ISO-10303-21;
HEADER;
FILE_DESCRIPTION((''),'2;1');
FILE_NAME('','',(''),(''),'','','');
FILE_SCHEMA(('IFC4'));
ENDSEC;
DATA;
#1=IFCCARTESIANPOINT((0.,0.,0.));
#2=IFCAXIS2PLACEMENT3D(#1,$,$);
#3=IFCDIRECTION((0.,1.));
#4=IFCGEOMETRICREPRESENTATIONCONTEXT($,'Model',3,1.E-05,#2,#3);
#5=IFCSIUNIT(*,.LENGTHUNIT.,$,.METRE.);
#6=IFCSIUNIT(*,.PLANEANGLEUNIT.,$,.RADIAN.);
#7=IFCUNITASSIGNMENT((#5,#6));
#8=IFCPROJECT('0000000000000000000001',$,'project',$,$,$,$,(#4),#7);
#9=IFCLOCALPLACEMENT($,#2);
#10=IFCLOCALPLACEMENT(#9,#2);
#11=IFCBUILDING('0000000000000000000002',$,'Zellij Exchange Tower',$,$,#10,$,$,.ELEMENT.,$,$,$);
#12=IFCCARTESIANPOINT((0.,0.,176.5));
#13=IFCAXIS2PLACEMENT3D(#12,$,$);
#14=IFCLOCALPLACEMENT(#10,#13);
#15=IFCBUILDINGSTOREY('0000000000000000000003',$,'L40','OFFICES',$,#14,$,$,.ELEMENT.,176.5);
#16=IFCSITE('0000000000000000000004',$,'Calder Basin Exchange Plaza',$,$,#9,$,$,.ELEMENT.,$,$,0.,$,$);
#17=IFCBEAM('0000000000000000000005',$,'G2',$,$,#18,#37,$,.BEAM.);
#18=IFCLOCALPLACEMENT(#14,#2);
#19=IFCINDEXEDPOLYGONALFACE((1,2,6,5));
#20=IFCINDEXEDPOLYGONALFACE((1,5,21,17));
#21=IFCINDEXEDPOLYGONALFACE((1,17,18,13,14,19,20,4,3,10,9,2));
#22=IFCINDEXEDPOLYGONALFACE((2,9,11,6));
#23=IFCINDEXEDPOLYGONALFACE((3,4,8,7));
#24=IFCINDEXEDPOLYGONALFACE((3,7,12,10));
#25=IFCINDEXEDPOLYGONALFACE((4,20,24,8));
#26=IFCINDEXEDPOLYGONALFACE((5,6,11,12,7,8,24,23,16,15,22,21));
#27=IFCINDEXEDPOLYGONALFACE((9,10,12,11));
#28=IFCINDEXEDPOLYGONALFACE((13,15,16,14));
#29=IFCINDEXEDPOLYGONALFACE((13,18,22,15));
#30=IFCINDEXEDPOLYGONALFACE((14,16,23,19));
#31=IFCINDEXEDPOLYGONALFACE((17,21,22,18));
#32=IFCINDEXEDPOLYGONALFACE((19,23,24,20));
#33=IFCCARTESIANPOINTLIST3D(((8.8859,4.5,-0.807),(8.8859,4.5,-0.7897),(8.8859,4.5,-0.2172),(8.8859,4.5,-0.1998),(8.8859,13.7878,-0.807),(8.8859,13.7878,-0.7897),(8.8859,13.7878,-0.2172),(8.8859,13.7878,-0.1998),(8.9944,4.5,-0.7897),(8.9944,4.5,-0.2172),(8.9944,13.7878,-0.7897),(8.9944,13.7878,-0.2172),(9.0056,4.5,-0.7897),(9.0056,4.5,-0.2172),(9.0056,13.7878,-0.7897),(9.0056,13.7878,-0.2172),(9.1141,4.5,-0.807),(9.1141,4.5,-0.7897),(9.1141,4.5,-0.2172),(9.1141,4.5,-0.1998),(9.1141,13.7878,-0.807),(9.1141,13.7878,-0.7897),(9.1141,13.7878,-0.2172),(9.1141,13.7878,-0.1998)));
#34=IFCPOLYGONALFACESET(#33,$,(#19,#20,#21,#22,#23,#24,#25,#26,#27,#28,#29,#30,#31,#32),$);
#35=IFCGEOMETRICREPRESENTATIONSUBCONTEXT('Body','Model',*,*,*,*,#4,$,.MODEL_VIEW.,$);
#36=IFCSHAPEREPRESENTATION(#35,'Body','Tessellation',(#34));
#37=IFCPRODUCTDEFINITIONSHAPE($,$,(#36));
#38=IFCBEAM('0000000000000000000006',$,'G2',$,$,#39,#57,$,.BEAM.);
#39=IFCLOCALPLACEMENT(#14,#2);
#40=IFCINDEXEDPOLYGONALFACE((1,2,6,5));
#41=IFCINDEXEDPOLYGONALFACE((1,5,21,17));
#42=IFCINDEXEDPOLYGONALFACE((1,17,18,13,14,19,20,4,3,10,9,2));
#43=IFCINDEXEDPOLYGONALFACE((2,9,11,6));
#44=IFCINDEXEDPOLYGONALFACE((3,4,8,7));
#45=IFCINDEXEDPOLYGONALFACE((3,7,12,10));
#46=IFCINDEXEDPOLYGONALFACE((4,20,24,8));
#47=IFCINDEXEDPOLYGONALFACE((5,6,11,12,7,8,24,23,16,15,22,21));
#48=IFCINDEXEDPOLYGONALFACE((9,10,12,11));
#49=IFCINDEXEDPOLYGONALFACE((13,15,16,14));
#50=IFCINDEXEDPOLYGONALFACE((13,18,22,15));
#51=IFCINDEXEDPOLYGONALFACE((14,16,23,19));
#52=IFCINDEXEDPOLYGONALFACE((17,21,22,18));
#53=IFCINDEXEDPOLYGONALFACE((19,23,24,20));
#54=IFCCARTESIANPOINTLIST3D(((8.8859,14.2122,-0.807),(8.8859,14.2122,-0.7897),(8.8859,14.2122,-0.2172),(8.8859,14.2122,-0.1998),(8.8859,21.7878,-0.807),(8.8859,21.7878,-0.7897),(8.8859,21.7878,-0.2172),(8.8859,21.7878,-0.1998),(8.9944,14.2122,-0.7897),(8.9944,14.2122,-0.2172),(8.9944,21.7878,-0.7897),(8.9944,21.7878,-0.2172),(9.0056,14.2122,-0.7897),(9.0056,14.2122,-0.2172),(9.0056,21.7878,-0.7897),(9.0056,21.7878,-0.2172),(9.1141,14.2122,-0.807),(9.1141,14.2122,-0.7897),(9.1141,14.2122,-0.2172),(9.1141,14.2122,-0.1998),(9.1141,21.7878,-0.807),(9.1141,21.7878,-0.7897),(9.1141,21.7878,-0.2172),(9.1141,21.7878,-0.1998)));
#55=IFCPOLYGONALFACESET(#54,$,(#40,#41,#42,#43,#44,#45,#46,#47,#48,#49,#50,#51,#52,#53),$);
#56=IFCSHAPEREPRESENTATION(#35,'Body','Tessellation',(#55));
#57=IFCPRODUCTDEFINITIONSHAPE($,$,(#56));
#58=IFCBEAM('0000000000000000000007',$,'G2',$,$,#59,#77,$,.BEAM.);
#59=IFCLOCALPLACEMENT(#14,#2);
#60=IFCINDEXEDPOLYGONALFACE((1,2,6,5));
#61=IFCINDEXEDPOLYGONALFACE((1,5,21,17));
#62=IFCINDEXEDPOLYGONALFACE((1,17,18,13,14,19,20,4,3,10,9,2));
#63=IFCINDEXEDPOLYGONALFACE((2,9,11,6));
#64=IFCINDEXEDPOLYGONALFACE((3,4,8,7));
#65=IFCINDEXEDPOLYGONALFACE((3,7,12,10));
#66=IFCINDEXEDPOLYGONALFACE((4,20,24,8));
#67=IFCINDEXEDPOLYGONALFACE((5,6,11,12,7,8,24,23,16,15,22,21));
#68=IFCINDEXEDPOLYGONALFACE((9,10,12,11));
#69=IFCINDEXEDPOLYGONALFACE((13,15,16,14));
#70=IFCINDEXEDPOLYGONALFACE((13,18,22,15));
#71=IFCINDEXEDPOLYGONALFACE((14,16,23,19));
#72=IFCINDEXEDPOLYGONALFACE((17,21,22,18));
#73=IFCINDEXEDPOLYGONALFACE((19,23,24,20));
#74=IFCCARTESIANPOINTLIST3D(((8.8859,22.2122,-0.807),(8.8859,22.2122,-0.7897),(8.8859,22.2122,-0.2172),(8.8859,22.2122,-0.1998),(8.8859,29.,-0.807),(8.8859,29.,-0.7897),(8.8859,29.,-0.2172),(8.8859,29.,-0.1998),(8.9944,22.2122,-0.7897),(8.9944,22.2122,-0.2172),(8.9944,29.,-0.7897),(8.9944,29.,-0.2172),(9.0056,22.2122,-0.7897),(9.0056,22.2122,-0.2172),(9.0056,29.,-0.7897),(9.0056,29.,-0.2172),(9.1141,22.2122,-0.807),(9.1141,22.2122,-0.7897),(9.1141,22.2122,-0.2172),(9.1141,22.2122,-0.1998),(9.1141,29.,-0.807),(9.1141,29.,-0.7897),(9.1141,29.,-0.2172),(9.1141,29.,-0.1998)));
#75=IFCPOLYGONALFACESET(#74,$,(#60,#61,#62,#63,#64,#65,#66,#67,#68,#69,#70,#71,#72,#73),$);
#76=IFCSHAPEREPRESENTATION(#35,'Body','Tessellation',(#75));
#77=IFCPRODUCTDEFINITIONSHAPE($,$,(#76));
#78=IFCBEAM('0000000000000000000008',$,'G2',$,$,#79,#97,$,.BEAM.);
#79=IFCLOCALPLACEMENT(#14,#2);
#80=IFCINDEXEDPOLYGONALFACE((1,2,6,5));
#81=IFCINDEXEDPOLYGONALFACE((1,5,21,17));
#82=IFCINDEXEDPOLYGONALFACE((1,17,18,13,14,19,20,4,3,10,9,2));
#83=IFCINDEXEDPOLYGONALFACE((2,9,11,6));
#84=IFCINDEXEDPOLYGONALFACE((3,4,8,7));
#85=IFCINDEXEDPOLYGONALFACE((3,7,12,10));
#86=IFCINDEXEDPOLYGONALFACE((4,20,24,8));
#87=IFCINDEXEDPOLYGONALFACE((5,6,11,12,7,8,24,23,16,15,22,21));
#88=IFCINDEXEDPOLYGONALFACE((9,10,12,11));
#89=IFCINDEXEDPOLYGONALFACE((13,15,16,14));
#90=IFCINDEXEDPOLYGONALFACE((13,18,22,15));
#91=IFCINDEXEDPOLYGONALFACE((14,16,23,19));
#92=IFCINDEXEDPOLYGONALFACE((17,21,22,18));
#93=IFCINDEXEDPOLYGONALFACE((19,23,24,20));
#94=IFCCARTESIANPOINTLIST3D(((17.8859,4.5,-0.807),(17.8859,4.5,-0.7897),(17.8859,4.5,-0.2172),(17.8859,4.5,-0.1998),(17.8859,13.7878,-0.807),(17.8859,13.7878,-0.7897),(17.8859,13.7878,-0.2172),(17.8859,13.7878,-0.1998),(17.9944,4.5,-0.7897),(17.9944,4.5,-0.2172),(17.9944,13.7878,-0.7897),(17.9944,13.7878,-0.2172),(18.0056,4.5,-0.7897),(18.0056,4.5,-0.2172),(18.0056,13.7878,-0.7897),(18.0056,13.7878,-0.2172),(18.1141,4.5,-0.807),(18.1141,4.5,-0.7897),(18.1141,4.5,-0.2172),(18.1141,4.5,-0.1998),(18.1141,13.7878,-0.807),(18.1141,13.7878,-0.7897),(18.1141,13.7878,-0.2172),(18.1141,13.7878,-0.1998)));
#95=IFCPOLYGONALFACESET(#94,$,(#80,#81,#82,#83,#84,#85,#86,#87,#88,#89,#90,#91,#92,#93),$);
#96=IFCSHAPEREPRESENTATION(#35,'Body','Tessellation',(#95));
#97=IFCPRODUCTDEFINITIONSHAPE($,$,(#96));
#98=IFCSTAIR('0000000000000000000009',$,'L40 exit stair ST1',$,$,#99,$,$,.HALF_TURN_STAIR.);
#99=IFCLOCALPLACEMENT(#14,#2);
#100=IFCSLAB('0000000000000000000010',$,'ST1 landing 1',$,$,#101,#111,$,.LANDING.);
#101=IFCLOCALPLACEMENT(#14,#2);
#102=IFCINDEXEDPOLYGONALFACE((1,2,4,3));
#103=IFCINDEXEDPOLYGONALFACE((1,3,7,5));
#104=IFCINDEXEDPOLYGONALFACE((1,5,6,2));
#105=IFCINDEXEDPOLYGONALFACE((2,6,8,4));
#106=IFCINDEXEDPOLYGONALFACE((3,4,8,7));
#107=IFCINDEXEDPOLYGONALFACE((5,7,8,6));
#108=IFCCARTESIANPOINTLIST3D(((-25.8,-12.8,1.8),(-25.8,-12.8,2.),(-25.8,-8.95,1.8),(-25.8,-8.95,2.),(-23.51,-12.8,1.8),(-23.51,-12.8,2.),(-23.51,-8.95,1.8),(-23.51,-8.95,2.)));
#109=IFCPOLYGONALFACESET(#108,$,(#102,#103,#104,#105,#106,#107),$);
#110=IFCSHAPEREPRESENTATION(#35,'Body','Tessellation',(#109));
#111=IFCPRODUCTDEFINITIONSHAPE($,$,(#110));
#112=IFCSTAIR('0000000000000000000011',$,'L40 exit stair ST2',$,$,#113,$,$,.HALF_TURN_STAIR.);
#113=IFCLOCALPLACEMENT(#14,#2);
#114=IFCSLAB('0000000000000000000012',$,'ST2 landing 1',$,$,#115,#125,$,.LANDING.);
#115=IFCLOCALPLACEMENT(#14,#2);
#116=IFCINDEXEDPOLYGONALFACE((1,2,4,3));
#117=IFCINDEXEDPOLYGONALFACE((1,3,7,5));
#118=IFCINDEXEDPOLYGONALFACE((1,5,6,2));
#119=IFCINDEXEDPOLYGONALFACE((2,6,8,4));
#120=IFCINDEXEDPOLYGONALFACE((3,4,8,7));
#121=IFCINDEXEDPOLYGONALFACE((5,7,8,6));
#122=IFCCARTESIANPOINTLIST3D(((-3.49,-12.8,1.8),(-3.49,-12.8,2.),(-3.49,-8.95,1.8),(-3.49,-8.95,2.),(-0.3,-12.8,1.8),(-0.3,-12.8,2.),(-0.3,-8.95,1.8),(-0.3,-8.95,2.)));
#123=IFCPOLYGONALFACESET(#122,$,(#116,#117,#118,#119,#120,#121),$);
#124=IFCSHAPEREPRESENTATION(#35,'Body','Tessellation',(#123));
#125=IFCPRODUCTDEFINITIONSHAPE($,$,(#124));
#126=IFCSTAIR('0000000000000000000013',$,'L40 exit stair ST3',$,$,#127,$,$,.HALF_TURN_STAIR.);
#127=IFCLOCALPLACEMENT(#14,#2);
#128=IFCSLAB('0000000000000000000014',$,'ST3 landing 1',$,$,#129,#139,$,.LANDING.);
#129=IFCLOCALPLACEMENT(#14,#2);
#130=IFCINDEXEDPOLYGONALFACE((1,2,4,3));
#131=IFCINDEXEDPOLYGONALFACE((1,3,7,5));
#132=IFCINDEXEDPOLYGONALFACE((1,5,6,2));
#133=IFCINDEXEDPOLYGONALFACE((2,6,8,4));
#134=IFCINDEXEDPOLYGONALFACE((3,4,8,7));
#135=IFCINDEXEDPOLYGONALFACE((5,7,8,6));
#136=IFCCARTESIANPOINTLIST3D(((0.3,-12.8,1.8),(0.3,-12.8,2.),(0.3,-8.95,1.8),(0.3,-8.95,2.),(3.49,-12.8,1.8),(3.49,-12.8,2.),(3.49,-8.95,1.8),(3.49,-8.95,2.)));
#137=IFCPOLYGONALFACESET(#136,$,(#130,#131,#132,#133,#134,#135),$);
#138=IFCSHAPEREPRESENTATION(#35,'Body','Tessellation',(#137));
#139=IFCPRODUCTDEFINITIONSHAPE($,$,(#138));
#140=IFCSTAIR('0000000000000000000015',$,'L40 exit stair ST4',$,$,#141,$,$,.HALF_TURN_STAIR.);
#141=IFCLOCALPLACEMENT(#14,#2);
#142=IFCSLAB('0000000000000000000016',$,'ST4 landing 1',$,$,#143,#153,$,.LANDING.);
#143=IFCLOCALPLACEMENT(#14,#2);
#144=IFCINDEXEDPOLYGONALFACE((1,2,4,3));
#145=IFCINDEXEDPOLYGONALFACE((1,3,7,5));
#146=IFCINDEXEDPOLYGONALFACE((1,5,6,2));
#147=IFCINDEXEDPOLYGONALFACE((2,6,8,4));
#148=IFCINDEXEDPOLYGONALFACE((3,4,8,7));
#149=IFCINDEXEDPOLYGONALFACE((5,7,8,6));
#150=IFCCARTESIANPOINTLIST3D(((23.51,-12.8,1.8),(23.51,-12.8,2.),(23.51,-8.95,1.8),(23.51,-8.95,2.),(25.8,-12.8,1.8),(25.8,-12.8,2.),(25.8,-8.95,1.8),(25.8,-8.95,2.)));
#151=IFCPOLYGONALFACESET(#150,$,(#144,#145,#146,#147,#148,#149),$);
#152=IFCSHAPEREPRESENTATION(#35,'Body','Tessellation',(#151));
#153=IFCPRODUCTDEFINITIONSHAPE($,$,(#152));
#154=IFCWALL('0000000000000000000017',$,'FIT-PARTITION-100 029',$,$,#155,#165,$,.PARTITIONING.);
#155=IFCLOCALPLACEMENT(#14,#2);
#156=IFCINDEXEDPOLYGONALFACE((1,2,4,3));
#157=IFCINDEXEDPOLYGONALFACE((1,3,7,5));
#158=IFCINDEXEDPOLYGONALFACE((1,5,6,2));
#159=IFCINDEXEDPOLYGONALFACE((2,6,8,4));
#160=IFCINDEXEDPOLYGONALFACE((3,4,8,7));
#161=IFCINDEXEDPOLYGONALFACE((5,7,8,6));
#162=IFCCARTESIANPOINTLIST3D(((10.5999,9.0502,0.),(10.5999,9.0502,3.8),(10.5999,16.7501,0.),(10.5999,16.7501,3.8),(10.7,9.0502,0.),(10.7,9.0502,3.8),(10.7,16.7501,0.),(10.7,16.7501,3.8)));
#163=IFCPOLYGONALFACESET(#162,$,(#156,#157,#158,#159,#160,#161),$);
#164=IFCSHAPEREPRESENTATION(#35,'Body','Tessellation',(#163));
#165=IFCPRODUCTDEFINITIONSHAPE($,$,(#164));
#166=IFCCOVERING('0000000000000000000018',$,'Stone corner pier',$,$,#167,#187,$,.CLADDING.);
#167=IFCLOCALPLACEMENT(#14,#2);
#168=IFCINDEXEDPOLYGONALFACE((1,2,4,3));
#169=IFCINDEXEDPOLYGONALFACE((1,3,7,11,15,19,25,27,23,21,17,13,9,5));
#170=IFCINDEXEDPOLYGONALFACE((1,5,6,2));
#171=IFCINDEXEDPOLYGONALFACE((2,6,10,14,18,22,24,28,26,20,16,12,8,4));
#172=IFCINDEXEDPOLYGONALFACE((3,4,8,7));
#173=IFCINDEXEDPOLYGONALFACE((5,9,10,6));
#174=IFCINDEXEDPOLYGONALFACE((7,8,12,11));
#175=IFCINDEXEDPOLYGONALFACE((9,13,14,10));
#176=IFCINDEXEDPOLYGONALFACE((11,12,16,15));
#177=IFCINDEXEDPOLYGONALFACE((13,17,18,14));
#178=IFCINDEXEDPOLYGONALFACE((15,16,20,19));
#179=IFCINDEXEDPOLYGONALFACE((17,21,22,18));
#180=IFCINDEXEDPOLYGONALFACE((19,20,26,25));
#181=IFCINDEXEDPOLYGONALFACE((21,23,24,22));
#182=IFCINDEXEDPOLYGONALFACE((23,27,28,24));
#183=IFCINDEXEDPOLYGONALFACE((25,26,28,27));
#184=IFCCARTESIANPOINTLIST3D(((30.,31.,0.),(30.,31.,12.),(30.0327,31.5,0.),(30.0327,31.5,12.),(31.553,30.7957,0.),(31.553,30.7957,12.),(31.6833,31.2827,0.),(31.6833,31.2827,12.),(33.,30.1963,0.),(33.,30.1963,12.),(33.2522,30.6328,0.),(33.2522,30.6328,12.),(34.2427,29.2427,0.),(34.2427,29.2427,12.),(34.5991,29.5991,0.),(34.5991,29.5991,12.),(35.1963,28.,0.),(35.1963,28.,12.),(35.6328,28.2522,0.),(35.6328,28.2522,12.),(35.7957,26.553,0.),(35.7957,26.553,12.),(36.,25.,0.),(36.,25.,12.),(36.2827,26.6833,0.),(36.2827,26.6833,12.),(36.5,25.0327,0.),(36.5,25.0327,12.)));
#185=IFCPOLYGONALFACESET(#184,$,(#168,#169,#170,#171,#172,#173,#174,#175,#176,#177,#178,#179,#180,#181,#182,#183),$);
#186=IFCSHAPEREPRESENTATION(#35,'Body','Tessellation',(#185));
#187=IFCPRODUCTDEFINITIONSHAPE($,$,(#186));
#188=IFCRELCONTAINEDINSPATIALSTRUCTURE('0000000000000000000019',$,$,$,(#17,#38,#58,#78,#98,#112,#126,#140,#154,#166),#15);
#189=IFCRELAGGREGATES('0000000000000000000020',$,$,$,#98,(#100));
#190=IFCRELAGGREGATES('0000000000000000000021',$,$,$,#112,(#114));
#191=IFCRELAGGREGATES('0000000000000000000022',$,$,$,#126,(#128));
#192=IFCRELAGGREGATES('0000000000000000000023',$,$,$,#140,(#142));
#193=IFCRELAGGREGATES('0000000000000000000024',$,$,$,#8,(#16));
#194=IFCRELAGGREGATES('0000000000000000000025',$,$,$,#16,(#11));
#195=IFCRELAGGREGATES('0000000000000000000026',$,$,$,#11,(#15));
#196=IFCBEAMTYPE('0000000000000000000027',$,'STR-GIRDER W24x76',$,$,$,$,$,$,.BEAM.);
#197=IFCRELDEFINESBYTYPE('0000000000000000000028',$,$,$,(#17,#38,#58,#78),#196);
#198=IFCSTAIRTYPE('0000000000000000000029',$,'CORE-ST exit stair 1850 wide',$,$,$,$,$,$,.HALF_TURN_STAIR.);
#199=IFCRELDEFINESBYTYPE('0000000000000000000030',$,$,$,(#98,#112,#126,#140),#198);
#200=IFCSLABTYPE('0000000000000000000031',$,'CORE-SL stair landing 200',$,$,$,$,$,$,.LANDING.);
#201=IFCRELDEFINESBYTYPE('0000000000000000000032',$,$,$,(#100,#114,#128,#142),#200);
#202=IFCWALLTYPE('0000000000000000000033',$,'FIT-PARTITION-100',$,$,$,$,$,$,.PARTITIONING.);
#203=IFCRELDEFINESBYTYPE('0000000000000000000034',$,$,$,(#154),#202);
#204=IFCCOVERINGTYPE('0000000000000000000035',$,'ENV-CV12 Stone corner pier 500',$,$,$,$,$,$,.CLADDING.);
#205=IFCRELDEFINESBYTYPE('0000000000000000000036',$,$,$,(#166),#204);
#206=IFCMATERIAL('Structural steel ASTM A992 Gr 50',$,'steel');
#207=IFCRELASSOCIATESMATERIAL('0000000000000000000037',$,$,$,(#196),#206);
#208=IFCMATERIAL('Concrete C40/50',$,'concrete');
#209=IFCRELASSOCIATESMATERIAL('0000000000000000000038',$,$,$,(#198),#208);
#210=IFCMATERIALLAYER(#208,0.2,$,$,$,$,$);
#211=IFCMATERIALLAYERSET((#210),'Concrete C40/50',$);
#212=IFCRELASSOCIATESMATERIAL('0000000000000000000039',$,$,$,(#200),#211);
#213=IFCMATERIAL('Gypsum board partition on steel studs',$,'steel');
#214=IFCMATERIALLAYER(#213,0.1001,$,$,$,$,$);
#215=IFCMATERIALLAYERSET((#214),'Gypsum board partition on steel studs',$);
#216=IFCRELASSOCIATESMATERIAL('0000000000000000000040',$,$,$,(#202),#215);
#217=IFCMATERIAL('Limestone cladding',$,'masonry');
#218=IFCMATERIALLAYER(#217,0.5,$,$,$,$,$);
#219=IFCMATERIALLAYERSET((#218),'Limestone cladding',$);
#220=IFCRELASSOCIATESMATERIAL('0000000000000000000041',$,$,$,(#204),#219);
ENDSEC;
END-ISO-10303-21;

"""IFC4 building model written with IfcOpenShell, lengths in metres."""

from ifc_helpers import new_model, si_unit, direction, frame, frame_2d, origin, origin_2d, place, context, subcontext, project, spatial, polyline, rectangle, i_section, outline, extrude, material, layer, layer_set, material_profile, profile_set, type_object, element, aggregate, save


model = new_model("IFC4")

# Units and contexts
model_context = context("Model", 3, precision=1e-05, world=origin(), true_north=direction((0.0, 1.0)))
body_context = subcontext(model_context, "Body", "Model", "MODEL_VIEW")
ifc_project = project(units=[si_unit("LENGTHUNIT", "METRE"), si_unit("PLANEANGLEUNIT", "RADIAN")], contexts=[model_context])

# Site, building, storey
site_placement = place(None, origin())
site = spatial("IfcSite", under=ifc_project, at=site_placement, Name="Calder Basin Exchange Plaza", CompositionType="ELEMENT", RefElevation=0.0)
building_placement = place(site_placement, origin())
building = spatial("IfcBuilding", under=site, at=building_placement, Name="Zellij Exchange Tower", CompositionType="ELEMENT")
storey_placement = place(building_placement, frame((0.0, 0.0, 176.5)))
storey = spatial("IfcBuildingStorey", under=building, at=storey_placement, Name="L40", Description="OFFICES", CompositionType="ELEMENT", Elevation=176.5)

# Beams
ifc_material_1 = material(Name="Structural steel ASTM A992 Gr 50", Category="steel")
ifc_material_profile_1 = material_profile(ifc_material_1, i_section(OverallWidth=0.2283, OverallDepth=0.6072, WebThickness=0.0112, FlangeThickness=0.0173, at=origin_2d()), Name="W24x76")
ifc_profile_set_1 = profile_set([ifc_material_profile_1], Name="Structural steel ASTM A992 Gr 50")
beam_type = type_object("IfcBeamType", Name="STR-GIRDER W24x76", PredefinedType="BEAM", material=ifc_profile_set_1)
beam_1_placement = place(storey_placement, frame((9.0, 4.5, -0.5034), z_axis=(0.0, 1.0, 0.0), x_axis=(-1.0, 0.0, 0.0)))
element("IfcBeam", 1, at=beam_1_placement, inside=storey, type_object=beam_type, Name="G2", PredefinedType="BEAM", context=body_context, shape_type="SweptSolid", body=[
    extrude(i_section(OverallWidth=0.2283, OverallDepth=0.6072, WebThickness=0.0112, FlangeThickness=0.0173, at=origin_2d()), origin(), (0.0, 0.0, 1.0), 9.2878),
])
beam_2_placement = place(storey_placement, frame((9.0, 14.2122, -0.5034), z_axis=(0.0, 1.0, 0.0), x_axis=(-1.0, 0.0, 0.0)))
element("IfcBeam", 2, at=beam_2_placement, inside=storey, type_object=beam_type, Name="G2", PredefinedType="BEAM", context=body_context, shape_type="SweptSolid", body=[
    extrude(i_section(OverallWidth=0.2283, OverallDepth=0.6072, WebThickness=0.0112, FlangeThickness=0.0173, at=origin_2d()), origin(), (0.0, 0.0, 1.0), 7.5757),
])
beam_3_placement = place(storey_placement, frame((9.0, 22.2122, -0.5034), z_axis=(0.0, 1.0, 0.0), x_axis=(-1.0, 0.0, 0.0)))
element("IfcBeam", 3, at=beam_3_placement, inside=storey, type_object=beam_type, Name="G2", PredefinedType="BEAM", context=body_context, shape_type="SweptSolid", body=[
    extrude(i_section(OverallWidth=0.2283, OverallDepth=0.6072, WebThickness=0.0112, FlangeThickness=0.0173, at=origin_2d()), origin(), (0.0, 0.0, 1.0), 6.7878),
])
beam_4_placement = place(storey_placement, frame((18.0, 4.5, -0.5034), z_axis=(0.0, 1.0, 0.0), x_axis=(-1.0, 0.0, 0.0)))
element("IfcBeam", 4, at=beam_4_placement, inside=storey, type_object=beam_type, Name="G2", PredefinedType="BEAM", context=body_context, shape_type="SweptSolid", body=[
    extrude(i_section(OverallWidth=0.2283, OverallDepth=0.6072, WebThickness=0.0112, FlangeThickness=0.0173, at=origin_2d()), origin(), (0.0, 0.0, 1.0), 9.2878),
])

# Stairs, slabs
ifc_material_2 = material(Name="Concrete C40/50", Category="concrete")
stair_type = type_object("IfcStairType", Name="CORE-ST exit stair 1850 wide", PredefinedType="HALF_TURN_STAIR", material=ifc_material_2)
stair_1_placement = place(storey_placement, origin())
stair_1 = element("IfcStair", 5, at=stair_1_placement, inside=storey, type_object=stair_type, Name="L40 exit stair ST1", PredefinedType="HALF_TURN_STAIR")
ifc_layer_1 = layer(ifc_material_2, 0.2)
ifc_layer_set_1 = layer_set([ifc_layer_1], Name="Concrete C40/50")
slab_type = type_object("IfcSlabType", Name="CORE-SL stair landing 200", PredefinedType="LANDING", material=ifc_layer_set_1)
slab_1_placement = place(storey_placement, frame((0.0, 0.0, 1.8)))
slab_1 = element("IfcSlab", 6, at=slab_1_placement, type_object=slab_type, Name="ST1 landing 1", PredefinedType="LANDING", context=body_context, shape_type="SweptSolid", body=[
    extrude(outline(polyline([(-23.51, -8.95), (-25.8, -8.95), (-25.8, -12.8), (-23.51, -12.8), (-23.51, -8.95)])), origin(), (0.0, 0.0, 1.0), 0.2),
])
aggregate(stair_1, [slab_1])
stair_2_placement = place(storey_placement, origin())
stair_2 = element("IfcStair", 7, at=stair_2_placement, inside=storey, type_object=stair_type, Name="L40 exit stair ST2", PredefinedType="HALF_TURN_STAIR")
slab_2_placement = place(storey_placement, frame((0.0, 0.0, 1.8)))
slab_2 = element("IfcSlab", 8, at=slab_2_placement, type_object=slab_type, Name="ST2 landing 1", PredefinedType="LANDING", context=body_context, shape_type="SweptSolid", body=[
    extrude(outline(polyline([(-3.49, -12.8), (-0.3, -12.8), (-0.3, -8.95), (-3.49, -8.95), (-3.49, -12.8)])), origin(), (0.0, 0.0, 1.0), 0.2),
])
aggregate(stair_2, [slab_2])
stair_3_placement = place(storey_placement, origin())
stair_3 = element("IfcStair", 9, at=stair_3_placement, inside=storey, type_object=stair_type, Name="L40 exit stair ST3", PredefinedType="HALF_TURN_STAIR")
slab_3_placement = place(storey_placement, frame((0.0, 0.0, 1.8)))
slab_3 = element("IfcSlab", 10, at=slab_3_placement, type_object=slab_type, Name="ST3 landing 1", PredefinedType="LANDING", context=body_context, shape_type="SweptSolid", body=[
    extrude(outline(polyline([(3.49, -8.95), (0.3, -8.95), (0.3, -12.8), (3.49, -12.8), (3.49, -8.95)])), origin(), (0.0, 0.0, 1.0), 0.2),
])
aggregate(stair_3, [slab_3])
stair_4_placement = place(storey_placement, origin())
stair_4 = element("IfcStair", 11, at=stair_4_placement, inside=storey, type_object=stair_type, Name="L40 exit stair ST4", PredefinedType="HALF_TURN_STAIR")
slab_4_placement = place(storey_placement, frame((0.0, 0.0, 1.8)))
slab_4 = element("IfcSlab", 12, at=slab_4_placement, type_object=slab_type, Name="ST4 landing 1", PredefinedType="LANDING", context=body_context, shape_type="SweptSolid", body=[
    extrude(outline(polyline([(23.51, -12.8), (25.8, -12.8), (25.8, -8.95), (23.51, -8.95), (23.51, -12.8)])), origin(), (0.0, 0.0, 1.0), 0.2),
])
aggregate(stair_4, [slab_4])

# Wall
ifc_material_3 = material(Name="Gypsum board partition on steel studs", Category="steel")
ifc_layer_2 = layer(ifc_material_3, 0.1001)
ifc_layer_set_2 = layer_set([ifc_layer_2], Name="Gypsum board partition on steel studs")
wall_type = type_object("IfcWallType", Name="FIT-PARTITION-100", PredefinedType="PARTITIONING", material=ifc_layer_set_2)
wall_placement = place(storey_placement, frame((10.6499, 9.05, 0.0), z_axis=(0.0, 0.0, 1.0), x_axis=(0.0, 1.0, 0.0)))
element("IfcWall", 13, at=wall_placement, inside=storey, type_object=wall_type, Name="FIT-PARTITION-100 029", PredefinedType="PARTITIONING", context=body_context, shape_type="SweptSolid", body=[
    extrude(rectangle(XDim=7.7, YDim=0.1001, at=frame_2d((3.8501, 0.0))), origin(), (0.0, 0.0, 1.0), 3.8),
])

# Covering
ifc_material_4 = material(Name="Limestone cladding", Category="masonry")
ifc_layer_3 = layer(ifc_material_4, 0.5)
ifc_layer_set_3 = layer_set([ifc_layer_3], Name="Limestone cladding")
covering_type = type_object("IfcCoveringType", Name="ENV-CV12 Stone corner pier 500", PredefinedType="CLADDING", material=ifc_layer_set_3)
covering_1_placement = place(storey_placement, origin())
element("IfcCovering", 14, at=covering_1_placement, inside=storey, type_object=covering_type, Name="Stone corner pier", PredefinedType="CLADDING", context=body_context, shape_type="SweptSolid", body=[
    extrude(outline(polyline([(36.0, 25.0), (35.7957, 26.553), (35.1963, 28.0), (34.2427, 29.2427), (33.0, 30.1963), (31.553, 30.7957), (30.0, 31.0), (30.0327, 31.5), (31.6833, 31.2827), (33.2522, 30.6328), (34.5991, 29.5991), (35.6328, 28.2522), (36.2827, 26.6833), (36.5, 25.0327), (36.0, 25.0)])), origin(), (0.0, 0.0, 1.0), 12.0),
])

save(model, "model.ifc")
